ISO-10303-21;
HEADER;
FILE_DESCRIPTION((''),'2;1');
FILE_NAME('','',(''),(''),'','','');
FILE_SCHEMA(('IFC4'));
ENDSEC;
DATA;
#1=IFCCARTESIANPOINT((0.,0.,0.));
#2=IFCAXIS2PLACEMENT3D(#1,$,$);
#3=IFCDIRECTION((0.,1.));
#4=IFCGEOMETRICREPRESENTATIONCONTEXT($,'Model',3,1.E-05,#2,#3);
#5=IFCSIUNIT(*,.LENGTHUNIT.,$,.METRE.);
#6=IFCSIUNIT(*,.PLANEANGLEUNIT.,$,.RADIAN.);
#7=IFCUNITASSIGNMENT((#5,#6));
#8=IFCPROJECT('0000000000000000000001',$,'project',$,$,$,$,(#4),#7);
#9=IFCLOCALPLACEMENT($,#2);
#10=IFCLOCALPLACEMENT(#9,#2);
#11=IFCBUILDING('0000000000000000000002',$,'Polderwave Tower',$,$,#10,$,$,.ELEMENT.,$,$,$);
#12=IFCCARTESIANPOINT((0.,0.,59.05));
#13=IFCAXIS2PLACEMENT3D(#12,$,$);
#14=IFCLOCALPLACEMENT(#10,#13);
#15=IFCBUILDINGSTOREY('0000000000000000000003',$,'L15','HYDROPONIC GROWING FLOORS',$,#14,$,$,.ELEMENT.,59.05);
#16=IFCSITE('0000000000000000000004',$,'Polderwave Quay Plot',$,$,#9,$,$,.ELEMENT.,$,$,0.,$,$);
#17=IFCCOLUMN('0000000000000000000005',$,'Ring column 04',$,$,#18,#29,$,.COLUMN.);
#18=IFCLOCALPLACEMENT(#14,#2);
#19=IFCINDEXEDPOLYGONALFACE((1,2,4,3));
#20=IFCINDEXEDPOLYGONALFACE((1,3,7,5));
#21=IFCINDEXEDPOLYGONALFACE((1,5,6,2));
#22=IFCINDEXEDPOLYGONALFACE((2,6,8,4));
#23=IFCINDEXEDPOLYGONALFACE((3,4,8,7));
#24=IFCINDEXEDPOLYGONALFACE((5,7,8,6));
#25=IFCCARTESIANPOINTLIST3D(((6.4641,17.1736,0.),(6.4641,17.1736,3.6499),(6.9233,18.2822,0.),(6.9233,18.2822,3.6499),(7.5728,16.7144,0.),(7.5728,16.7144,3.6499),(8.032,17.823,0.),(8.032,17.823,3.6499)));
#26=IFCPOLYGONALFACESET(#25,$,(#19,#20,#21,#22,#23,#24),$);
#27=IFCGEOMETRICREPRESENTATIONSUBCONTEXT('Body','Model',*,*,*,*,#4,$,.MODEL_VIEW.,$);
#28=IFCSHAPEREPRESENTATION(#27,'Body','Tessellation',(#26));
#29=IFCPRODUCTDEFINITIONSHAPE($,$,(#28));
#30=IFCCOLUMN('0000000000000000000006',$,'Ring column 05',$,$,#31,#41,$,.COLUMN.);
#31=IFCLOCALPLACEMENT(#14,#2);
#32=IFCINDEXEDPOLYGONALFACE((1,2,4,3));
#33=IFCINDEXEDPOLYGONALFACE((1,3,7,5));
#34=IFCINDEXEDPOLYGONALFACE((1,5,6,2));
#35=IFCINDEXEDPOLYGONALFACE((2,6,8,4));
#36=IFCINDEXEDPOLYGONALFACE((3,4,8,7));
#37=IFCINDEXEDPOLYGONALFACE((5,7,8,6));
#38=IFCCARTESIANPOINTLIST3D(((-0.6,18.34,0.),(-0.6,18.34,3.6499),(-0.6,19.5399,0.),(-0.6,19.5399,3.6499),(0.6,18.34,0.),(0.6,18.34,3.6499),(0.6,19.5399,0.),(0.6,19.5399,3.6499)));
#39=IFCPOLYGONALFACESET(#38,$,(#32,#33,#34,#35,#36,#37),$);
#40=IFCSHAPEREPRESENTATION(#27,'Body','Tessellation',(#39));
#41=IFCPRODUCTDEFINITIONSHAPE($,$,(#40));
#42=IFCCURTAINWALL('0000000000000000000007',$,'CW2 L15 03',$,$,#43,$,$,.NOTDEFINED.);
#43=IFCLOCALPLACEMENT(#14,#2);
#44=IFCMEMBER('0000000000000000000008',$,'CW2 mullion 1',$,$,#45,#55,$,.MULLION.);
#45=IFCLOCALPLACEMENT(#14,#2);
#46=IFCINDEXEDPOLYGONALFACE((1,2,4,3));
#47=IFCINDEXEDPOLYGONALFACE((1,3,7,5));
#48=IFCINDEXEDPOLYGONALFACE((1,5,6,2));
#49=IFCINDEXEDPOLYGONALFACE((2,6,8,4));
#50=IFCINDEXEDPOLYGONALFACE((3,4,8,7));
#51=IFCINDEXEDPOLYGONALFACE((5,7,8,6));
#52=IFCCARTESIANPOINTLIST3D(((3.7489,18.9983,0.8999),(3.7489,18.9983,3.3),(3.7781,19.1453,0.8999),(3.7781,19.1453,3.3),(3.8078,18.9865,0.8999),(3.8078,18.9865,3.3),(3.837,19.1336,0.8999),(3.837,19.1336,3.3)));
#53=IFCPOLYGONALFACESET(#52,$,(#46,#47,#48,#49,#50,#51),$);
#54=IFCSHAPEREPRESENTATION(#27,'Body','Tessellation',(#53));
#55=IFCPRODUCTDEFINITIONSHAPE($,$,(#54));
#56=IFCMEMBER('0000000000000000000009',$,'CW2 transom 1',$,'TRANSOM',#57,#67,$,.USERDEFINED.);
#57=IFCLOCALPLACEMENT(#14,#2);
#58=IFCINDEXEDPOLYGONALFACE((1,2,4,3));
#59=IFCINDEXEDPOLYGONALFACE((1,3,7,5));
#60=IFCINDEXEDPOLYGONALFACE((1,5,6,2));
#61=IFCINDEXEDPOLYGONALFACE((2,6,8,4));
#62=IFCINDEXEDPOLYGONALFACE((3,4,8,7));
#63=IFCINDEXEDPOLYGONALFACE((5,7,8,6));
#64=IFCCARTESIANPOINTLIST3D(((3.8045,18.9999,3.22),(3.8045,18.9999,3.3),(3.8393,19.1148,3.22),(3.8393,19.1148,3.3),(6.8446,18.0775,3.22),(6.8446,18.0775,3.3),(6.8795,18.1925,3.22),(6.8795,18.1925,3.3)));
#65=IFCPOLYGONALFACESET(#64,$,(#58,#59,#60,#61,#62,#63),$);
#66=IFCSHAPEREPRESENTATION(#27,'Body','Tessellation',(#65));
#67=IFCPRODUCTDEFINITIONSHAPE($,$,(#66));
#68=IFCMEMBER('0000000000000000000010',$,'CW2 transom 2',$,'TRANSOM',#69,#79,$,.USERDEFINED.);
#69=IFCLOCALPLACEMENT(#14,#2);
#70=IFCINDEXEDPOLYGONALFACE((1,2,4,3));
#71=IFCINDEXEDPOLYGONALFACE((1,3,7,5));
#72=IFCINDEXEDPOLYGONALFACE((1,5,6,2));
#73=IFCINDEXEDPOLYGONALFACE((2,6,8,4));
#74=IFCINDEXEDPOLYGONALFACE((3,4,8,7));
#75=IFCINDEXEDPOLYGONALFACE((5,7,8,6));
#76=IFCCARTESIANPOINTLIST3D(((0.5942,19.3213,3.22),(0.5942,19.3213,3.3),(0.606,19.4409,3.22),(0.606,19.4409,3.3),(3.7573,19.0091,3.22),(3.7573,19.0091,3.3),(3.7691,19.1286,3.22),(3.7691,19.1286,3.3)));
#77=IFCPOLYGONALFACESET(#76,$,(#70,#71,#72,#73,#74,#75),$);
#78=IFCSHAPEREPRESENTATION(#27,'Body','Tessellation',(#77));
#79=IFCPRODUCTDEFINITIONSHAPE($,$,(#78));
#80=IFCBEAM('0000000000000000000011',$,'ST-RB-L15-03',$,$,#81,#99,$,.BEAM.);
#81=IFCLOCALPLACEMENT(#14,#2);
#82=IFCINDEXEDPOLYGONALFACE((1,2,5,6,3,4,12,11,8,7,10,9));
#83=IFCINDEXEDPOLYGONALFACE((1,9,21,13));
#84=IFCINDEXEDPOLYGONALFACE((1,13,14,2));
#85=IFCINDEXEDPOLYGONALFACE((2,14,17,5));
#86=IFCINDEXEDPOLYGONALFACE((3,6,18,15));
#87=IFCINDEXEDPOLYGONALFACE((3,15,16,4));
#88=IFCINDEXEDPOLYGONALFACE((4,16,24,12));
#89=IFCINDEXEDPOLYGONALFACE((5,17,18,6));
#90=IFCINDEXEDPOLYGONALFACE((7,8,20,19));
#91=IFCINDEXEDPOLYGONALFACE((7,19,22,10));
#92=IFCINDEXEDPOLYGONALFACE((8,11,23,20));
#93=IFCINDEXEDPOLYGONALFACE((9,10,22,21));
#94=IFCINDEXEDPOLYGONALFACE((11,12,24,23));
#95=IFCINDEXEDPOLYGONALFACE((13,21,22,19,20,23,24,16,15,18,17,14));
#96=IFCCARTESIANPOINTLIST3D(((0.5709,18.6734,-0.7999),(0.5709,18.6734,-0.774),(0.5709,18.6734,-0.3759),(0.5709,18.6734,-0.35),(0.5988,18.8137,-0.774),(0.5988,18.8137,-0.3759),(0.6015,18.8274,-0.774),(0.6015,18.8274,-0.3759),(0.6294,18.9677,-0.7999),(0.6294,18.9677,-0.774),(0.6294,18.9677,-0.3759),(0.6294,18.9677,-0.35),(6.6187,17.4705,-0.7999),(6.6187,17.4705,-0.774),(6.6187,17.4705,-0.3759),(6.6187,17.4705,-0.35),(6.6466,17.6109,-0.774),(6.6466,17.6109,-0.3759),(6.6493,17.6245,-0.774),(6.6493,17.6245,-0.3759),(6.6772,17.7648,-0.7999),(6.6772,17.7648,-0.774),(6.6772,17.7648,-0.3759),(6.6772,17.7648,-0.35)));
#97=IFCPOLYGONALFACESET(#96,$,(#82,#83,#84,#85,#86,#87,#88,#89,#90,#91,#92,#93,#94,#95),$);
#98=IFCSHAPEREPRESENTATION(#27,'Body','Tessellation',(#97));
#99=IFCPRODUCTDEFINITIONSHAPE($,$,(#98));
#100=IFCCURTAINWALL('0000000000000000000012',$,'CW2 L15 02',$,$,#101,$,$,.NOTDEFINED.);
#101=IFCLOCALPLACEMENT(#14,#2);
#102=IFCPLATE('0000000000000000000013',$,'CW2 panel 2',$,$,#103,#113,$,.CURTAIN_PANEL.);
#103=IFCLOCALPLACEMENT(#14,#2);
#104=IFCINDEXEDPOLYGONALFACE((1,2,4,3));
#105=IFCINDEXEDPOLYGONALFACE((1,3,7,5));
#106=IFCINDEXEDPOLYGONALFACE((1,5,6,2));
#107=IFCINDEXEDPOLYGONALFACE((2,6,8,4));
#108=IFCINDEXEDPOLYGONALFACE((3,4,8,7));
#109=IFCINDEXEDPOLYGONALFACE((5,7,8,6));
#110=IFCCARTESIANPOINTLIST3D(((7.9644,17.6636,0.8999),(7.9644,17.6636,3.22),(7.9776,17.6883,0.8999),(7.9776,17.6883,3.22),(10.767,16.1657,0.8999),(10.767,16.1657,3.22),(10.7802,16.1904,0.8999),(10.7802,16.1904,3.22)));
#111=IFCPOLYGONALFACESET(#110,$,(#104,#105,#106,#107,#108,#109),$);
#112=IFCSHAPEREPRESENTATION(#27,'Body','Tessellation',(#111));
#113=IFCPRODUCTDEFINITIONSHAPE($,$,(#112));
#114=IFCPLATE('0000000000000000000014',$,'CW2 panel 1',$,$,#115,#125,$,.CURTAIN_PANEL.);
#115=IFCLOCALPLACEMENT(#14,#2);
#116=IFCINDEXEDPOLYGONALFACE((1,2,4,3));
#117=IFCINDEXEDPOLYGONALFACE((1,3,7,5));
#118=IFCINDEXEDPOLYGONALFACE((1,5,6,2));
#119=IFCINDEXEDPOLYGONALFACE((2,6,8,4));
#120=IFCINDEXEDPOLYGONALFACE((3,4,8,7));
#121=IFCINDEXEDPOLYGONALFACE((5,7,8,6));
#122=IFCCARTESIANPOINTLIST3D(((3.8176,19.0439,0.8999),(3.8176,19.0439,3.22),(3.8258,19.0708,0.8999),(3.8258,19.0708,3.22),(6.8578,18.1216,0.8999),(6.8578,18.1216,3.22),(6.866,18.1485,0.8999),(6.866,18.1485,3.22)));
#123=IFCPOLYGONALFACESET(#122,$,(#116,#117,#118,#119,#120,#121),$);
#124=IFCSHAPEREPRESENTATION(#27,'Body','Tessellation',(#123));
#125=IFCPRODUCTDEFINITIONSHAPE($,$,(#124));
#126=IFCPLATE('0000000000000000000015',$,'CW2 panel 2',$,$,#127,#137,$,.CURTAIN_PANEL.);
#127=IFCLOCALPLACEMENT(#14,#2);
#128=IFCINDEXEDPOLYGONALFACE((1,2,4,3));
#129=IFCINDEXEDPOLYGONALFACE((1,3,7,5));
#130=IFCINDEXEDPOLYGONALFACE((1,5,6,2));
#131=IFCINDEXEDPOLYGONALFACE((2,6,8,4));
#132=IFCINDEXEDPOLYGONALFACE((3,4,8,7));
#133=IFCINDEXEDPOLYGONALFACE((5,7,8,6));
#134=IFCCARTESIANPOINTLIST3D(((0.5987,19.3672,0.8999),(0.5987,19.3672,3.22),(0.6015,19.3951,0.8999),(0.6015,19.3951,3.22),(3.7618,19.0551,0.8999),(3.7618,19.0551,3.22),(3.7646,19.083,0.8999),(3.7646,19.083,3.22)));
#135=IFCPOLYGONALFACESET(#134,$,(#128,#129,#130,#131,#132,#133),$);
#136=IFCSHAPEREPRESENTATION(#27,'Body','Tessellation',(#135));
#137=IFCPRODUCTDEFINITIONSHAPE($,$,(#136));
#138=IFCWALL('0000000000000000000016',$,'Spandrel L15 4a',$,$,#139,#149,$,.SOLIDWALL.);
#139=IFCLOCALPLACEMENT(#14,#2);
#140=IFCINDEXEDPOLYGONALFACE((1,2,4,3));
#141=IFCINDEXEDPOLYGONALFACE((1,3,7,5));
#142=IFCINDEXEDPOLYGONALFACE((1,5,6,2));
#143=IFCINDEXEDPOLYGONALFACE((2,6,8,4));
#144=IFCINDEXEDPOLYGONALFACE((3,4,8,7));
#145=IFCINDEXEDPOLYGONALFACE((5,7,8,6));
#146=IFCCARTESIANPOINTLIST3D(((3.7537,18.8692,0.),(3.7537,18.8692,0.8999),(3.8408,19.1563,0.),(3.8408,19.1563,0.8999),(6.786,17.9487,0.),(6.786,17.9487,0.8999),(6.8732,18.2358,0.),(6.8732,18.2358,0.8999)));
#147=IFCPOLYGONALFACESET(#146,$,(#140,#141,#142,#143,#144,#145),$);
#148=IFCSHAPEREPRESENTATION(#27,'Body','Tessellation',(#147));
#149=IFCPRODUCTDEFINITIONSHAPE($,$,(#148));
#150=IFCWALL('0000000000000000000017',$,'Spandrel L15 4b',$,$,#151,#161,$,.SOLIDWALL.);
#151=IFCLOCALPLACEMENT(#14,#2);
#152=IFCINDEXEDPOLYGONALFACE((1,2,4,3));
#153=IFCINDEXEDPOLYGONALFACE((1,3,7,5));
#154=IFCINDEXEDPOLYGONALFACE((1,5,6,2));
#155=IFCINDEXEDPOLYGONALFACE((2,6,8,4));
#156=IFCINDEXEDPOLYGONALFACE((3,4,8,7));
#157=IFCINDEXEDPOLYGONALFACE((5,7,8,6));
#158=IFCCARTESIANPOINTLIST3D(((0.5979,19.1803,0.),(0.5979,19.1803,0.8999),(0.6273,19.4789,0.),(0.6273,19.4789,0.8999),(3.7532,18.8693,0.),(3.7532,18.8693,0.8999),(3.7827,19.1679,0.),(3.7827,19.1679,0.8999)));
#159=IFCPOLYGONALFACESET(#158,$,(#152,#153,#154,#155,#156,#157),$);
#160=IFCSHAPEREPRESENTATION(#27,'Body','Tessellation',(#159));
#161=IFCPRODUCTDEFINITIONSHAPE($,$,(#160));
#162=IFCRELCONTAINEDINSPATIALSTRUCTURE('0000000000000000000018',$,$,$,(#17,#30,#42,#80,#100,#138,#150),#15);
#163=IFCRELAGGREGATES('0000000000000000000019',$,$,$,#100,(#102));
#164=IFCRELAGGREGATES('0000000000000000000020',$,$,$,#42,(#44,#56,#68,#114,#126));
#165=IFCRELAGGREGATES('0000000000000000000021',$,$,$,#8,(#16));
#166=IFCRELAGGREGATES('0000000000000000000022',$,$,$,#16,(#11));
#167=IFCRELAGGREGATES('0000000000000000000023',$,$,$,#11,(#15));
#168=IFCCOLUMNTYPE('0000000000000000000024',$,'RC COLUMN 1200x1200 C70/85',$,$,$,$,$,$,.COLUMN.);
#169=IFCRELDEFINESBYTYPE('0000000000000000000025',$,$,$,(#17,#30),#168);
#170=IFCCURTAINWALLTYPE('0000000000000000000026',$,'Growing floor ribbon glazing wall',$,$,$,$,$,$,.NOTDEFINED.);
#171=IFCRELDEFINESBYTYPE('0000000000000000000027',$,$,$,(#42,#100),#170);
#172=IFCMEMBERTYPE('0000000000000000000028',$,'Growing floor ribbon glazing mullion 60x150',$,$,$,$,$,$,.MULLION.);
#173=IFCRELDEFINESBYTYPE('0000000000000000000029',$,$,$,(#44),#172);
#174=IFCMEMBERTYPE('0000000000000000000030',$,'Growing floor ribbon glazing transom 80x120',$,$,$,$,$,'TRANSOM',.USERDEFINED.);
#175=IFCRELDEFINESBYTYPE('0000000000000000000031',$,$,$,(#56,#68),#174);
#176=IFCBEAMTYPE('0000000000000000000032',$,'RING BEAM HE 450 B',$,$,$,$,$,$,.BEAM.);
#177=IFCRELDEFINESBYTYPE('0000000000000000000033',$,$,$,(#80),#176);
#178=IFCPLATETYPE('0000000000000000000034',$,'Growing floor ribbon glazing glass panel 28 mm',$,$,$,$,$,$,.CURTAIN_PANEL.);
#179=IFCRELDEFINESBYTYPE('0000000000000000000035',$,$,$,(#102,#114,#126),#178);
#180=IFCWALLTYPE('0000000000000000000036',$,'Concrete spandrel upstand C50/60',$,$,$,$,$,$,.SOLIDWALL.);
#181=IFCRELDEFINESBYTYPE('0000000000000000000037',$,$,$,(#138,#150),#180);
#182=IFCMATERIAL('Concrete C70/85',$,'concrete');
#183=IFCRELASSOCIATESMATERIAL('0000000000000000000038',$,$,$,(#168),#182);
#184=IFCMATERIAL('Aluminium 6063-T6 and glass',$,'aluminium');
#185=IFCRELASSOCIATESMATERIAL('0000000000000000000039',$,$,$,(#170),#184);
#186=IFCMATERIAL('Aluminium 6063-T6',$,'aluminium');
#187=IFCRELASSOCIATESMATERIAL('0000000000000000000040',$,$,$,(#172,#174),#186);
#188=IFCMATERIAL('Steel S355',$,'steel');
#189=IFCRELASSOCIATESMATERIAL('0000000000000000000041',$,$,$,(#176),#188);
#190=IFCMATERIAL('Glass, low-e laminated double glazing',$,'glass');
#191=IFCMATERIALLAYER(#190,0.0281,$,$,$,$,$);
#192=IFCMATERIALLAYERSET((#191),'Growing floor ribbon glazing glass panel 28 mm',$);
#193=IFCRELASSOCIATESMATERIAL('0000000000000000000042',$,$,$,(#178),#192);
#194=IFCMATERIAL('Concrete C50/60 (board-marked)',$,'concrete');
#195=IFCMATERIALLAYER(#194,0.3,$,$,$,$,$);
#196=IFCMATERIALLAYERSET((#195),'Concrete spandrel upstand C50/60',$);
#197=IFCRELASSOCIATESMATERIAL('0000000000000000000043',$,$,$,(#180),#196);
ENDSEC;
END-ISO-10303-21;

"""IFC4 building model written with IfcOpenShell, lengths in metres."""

from ifc_helpers import new_model, si_unit, direction, frame, frame_2d, origin, origin_2d, place, context, subcontext, project, spatial, rectangle, i_section, extrude, material, layer, layer_set, material_profile, profile_set, type_object, element, aggregate, save


model = new_model("IFC4")

# Units and contexts
model_context = context("Model", 3, precision=1e-05, world=origin(), true_north=direction((0.0, 1.0)))
body_context = subcontext(model_context, "Body", "Model", "MODEL_VIEW")
ifc_project = project(units=[si_unit("LENGTHUNIT", "METRE"), si_unit("PLANEANGLEUNIT", "RADIAN")], contexts=[model_context])

# Site, building, storey
site_placement = place(None, origin())
site = spatial("IfcSite", under=ifc_project, at=site_placement, Name="Polderwave Quay Plot", CompositionType="ELEMENT", RefElevation=0.0)
building_placement = place(site_placement, origin())
building = spatial("IfcBuilding", under=site, at=building_placement, Name="Polderwave Tower", CompositionType="ELEMENT")
storey_placement = place(building_placement, frame((0.0, 0.0, 59.05)))
storey = spatial("IfcBuildingStorey", under=building, at=storey_placement, Name="L15", Description="HYDROPONIC GROWING FLOORS", CompositionType="ELEMENT", Elevation=59.05)

# Columns
ifc_material_1 = material(Name="Concrete C70/85", Category="concrete")
ifc_material_profile_1 = material_profile(ifc_material_1, rectangle(XDim=1.2, YDim=1.2, at=origin_2d()), Name="RC 1200x1200")
ifc_profile_set_1 = profile_set([ifc_material_profile_1], Name="Concrete C70/85")
column_type = type_object("IfcColumnType", Name="RC COLUMN 1200x1200 C70/85", PredefinedType="COLUMN", material=ifc_profile_set_1)
for number, where, z_axis, x_axis, name in (
    (1, (7.248, 17.4983, 0.0), (0.0, 0.0, 1.0), (0.382683, 0.92388, 0.0), "Ring column 04"),
    (2, (0.0, 18.9399, 0.0), (0.0, 0.0, 1.0), (0.0, 1.0, 0.0), "Ring column 05"),
):
    element("IfcColumn", number, at=place(storey_placement, frame(where, z_axis=z_axis, x_axis=x_axis)), inside=storey, type_object=column_type, Name=name, PredefinedType="COLUMN", context=body_context, shape_type="SweptSolid", body=[
        extrude(rectangle(XDim=1.2, YDim=1.2, at=origin_2d()), origin(), (0.0, 0.0, 1.0), 3.6499),
    ])

# Curtain wall, members
ifc_material_2 = material(Name="Aluminium 6063-T6 and glass", Category="aluminium")
curtain_wall_type = type_object("IfcCurtainWallType", Name="Growing floor ribbon glazing wall", PredefinedType="NOTDEFINED", material=ifc_material_2)
curtain_wall_1_placement = place(storey_placement, origin())
curtain_wall_1 = element("IfcCurtainWall", 3, at=curtain_wall_1_placement, inside=storey, type_object=curtain_wall_type, Name="CW2 L15 03", PredefinedType="NOTDEFINED")
ifc_material_3 = material(Name="Aluminium 6063-T6", Category="aluminium")
ifc_material_profile_2 = material_profile(ifc_material_3, rectangle(XDim=0.1499, YDim=0.0601, at=origin_2d()), Name="AL 60x150")
ifc_profile_set_2 = profile_set([ifc_material_profile_2], Name="Aluminium 6063-T6")
member_type_1 = type_object("IfcMemberType", Name="Growing floor ribbon glazing mullion 60x150", PredefinedType="MULLION", material=ifc_profile_set_2)
member_1_placement = place(storey_placement, frame((3.793, 19.0659, 0.8999), z_axis=(0.0, 0.0, 1.0), x_axis=(-0.195172, -0.980769, 0.0)))
member_1 = element("IfcMember", 4, at=member_1_placement, type_object=member_type_1, Name="CW2 mullion 1", PredefinedType="MULLION", context=body_context, shape_type="SweptSolid", body=[
    extrude(rectangle(XDim=0.1499, YDim=0.0601, at=origin_2d()), origin(), (0.0, 0.0, 1.0), 2.4001),
])
ifc_material_profile_3 = material_profile(ifc_material_3, rectangle(XDim=0.1201, YDim=0.0801, at=origin_2d()), Name="AL 80x120")
ifc_profile_set_3 = profile_set([ifc_material_profile_3], Name="Aluminium 6063-T6")
member_type_2 = type_object("IfcMemberType", Name="Growing floor ribbon glazing transom 80x120", ElementType="TRANSOM", PredefinedType="USERDEFINED", material=ifc_profile_set_3)
member_2_placement = place(storey_placement, frame((6.8621, 18.135, 3.26), z_axis=(-0.956931, 0.290314, 0.0), x_axis=(-0.290314, -0.956931, 0.0)))
member_2 = element("IfcMember", 5, at=member_2_placement, type_object=member_type_2, Name="CW2 transom 1", ObjectType="TRANSOM", PredefinedType="USERDEFINED", context=body_context, shape_type="SweptSolid", body=[
    extrude(rectangle(XDim=0.1201, YDim=0.0801, at=origin_2d()), origin(), (0.0, 0.0, 1.0), 3.177),
])
member_3_placement = place(storey_placement, frame((3.7632, 19.0688, 3.26), z_axis=(-0.995163, 0.098241, 0.0), x_axis=(-0.098241, -0.995163, 0.0)))
member_3 = element("IfcMember", 6, at=member_3_placement, type_object=member_type_2, Name="CW2 transom 2", ObjectType="TRANSOM", PredefinedType="USERDEFINED", context=body_context, shape_type="SweptSolid", body=[
    extrude(rectangle(XDim=0.1201, YDim=0.0801, at=origin_2d()), origin(), (0.0, 0.0, 1.0), 3.1785),
])

# Beam
ifc_material_4 = material(Name="Steel S355", Category="steel")
ifc_material_profile_4 = material_profile(ifc_material_4, i_section(OverallWidth=0.3, OverallDepth=0.45, WebThickness=0.0139, FlangeThickness=0.0259, at=origin_2d()), Name="HE 450 B")
ifc_profile_set_4 = profile_set([ifc_material_profile_4], Name="Steel S355")
beam_type = type_object("IfcBeamType", Name="RING BEAM HE 450 B", PredefinedType="BEAM", material=ifc_profile_set_4)
beam_placement = place(storey_placement, frame((6.6479, 17.6177, -0.575), z_axis=(-0.980789, 0.195073, 0.0), x_axis=(-0.195073, -0.980789, 0.0)))
element("IfcBeam", 7, at=beam_placement, inside=storey, type_object=beam_type, Name="ST-RB-L15-03", PredefinedType="BEAM", context=body_context, shape_type="SweptSolid", body=[
    extrude(i_section(OverallWidth=0.3, OverallDepth=0.45, WebThickness=0.0139, FlangeThickness=0.0259, at=origin_2d()), origin(), (0.0, 0.0, 1.0), 6.1663),
])

# Curtain wall, plate
curtain_wall_2_placement = place(storey_placement, origin())
curtain_wall_2 = element("IfcCurtainWall", 8, at=curtain_wall_2_placement, inside=storey, type_object=curtain_wall_type, Name="CW2 L15 02", PredefinedType="NOTDEFINED")
ifc_material_5 = material(Name="Glass, low-e laminated double glazing", Category="glass")
ifc_layer_1 = layer(ifc_material_5, 0.0281)
ifc_layer_set_1 = layer_set([ifc_layer_1], Name="Growing floor ribbon glazing glass panel 28 mm")
plate_type = type_object("IfcPlateType", Name="Growing floor ribbon glazing glass panel 28 mm", PredefinedType="CURTAIN_PANEL", material=ifc_layer_set_1)
plate_1_placement = place(storey_placement, frame((9.3723, 16.927, 0.8999), z_axis=(0.0, 0.0, 1.0), x_axis=(-0.881939, 0.471364, 0.0)))
plate_1 = element("IfcPlate", 9, at=plate_1_placement, type_object=plate_type, Name="CW2 panel 2", PredefinedType="CURTAIN_PANEL", context=body_context, shape_type="SweptSolid", body=[
    extrude(rectangle(XDim=3.1777, YDim=0.0281, at=origin_2d()), origin(), (0.0, 0.0, 1.0), 2.3201),
])
aggregate(curtain_wall_2, [plate_1])

# Plates
plate_2_placement = place(storey_placement, frame((5.3418, 18.5962, 0.8999), z_axis=(0.0, 0.0, 1.0), x_axis=(-0.956938, 0.290293, 0.0)))
plate_2 = element("IfcPlate", 10, at=plate_2_placement, type_object=plate_type, Name="CW2 panel 1", PredefinedType="CURTAIN_PANEL", context=body_context, shape_type="SweptSolid", body=[
    extrude(rectangle(XDim=3.177, YDim=0.0281, at=origin_2d()), origin(), (0.0, 0.0, 1.0), 2.3201),
])
plate_3_placement = place(storey_placement, frame((2.1816, 19.2251, 0.8999), z_axis=(0.0, 0.0, 1.0), x_axis=(-0.995169, 0.098177, 0.0)))
plate_3 = element("IfcPlate", 11, at=plate_3_placement, type_object=plate_type, Name="CW2 panel 2", PredefinedType="CURTAIN_PANEL", context=body_context, shape_type="SweptSolid", body=[
    extrude(rectangle(XDim=3.1785, YDim=0.0281, at=origin_2d()), origin(), (0.0, 0.0, 1.0), 2.3201),
])
aggregate(curtain_wall_1, [member_1, member_2, member_3, plate_2, plate_3])

# Walls
ifc_material_6 = material(Name="Concrete C50/60 (board-marked)", Category="concrete")
ifc_layer_2 = layer(ifc_material_6, 0.3)
ifc_layer_set_2 = layer_set([ifc_layer_2], Name="Concrete spandrel upstand C50/60")
wall_type_1 = type_object("IfcWallType", Name="Concrete spandrel upstand C50/60", PredefinedType="SOLIDWALL", material=ifc_layer_set_2)
wall_1_placement = place(storey_placement, frame((6.8296, 18.0923, 0.0), z_axis=(0.0, 0.0, 1.0), x_axis=(-0.956888, 0.290456, 0.0)))
element("IfcWall", 12, at=wall_1_placement, inside=storey, type_object=wall_type_1, Name="Spandrel L15 4a", PredefinedType="SOLIDWALL", context=body_context, shape_type="SweptSolid", body=[
    extrude(rectangle(XDim=3.1689, YDim=0.3, at=frame_2d((1.5845, 0.0))), origin(), (0.0, 0.0, 1.0), 0.8999),
])
wall_2_placement = place(storey_placement, frame((3.7681, 19.0186, 0.0), z_axis=(0.0, 0.0, 1.0), x_axis=(-0.995176, 0.098101, 0.0)))
element("IfcWall", 13, at=wall_2_placement, inside=storey, type_object=wall_type_1, Name="Spandrel L15 4b", PredefinedType="SOLIDWALL", context=body_context, shape_type="SweptSolid", body=[
    extrude(rectangle(XDim=3.1707, YDim=0.3, at=frame_2d((1.5854, 0.0))), origin(), (0.0, 0.0, 1.0), 0.8999),
])

save(model, "model.ifc")
